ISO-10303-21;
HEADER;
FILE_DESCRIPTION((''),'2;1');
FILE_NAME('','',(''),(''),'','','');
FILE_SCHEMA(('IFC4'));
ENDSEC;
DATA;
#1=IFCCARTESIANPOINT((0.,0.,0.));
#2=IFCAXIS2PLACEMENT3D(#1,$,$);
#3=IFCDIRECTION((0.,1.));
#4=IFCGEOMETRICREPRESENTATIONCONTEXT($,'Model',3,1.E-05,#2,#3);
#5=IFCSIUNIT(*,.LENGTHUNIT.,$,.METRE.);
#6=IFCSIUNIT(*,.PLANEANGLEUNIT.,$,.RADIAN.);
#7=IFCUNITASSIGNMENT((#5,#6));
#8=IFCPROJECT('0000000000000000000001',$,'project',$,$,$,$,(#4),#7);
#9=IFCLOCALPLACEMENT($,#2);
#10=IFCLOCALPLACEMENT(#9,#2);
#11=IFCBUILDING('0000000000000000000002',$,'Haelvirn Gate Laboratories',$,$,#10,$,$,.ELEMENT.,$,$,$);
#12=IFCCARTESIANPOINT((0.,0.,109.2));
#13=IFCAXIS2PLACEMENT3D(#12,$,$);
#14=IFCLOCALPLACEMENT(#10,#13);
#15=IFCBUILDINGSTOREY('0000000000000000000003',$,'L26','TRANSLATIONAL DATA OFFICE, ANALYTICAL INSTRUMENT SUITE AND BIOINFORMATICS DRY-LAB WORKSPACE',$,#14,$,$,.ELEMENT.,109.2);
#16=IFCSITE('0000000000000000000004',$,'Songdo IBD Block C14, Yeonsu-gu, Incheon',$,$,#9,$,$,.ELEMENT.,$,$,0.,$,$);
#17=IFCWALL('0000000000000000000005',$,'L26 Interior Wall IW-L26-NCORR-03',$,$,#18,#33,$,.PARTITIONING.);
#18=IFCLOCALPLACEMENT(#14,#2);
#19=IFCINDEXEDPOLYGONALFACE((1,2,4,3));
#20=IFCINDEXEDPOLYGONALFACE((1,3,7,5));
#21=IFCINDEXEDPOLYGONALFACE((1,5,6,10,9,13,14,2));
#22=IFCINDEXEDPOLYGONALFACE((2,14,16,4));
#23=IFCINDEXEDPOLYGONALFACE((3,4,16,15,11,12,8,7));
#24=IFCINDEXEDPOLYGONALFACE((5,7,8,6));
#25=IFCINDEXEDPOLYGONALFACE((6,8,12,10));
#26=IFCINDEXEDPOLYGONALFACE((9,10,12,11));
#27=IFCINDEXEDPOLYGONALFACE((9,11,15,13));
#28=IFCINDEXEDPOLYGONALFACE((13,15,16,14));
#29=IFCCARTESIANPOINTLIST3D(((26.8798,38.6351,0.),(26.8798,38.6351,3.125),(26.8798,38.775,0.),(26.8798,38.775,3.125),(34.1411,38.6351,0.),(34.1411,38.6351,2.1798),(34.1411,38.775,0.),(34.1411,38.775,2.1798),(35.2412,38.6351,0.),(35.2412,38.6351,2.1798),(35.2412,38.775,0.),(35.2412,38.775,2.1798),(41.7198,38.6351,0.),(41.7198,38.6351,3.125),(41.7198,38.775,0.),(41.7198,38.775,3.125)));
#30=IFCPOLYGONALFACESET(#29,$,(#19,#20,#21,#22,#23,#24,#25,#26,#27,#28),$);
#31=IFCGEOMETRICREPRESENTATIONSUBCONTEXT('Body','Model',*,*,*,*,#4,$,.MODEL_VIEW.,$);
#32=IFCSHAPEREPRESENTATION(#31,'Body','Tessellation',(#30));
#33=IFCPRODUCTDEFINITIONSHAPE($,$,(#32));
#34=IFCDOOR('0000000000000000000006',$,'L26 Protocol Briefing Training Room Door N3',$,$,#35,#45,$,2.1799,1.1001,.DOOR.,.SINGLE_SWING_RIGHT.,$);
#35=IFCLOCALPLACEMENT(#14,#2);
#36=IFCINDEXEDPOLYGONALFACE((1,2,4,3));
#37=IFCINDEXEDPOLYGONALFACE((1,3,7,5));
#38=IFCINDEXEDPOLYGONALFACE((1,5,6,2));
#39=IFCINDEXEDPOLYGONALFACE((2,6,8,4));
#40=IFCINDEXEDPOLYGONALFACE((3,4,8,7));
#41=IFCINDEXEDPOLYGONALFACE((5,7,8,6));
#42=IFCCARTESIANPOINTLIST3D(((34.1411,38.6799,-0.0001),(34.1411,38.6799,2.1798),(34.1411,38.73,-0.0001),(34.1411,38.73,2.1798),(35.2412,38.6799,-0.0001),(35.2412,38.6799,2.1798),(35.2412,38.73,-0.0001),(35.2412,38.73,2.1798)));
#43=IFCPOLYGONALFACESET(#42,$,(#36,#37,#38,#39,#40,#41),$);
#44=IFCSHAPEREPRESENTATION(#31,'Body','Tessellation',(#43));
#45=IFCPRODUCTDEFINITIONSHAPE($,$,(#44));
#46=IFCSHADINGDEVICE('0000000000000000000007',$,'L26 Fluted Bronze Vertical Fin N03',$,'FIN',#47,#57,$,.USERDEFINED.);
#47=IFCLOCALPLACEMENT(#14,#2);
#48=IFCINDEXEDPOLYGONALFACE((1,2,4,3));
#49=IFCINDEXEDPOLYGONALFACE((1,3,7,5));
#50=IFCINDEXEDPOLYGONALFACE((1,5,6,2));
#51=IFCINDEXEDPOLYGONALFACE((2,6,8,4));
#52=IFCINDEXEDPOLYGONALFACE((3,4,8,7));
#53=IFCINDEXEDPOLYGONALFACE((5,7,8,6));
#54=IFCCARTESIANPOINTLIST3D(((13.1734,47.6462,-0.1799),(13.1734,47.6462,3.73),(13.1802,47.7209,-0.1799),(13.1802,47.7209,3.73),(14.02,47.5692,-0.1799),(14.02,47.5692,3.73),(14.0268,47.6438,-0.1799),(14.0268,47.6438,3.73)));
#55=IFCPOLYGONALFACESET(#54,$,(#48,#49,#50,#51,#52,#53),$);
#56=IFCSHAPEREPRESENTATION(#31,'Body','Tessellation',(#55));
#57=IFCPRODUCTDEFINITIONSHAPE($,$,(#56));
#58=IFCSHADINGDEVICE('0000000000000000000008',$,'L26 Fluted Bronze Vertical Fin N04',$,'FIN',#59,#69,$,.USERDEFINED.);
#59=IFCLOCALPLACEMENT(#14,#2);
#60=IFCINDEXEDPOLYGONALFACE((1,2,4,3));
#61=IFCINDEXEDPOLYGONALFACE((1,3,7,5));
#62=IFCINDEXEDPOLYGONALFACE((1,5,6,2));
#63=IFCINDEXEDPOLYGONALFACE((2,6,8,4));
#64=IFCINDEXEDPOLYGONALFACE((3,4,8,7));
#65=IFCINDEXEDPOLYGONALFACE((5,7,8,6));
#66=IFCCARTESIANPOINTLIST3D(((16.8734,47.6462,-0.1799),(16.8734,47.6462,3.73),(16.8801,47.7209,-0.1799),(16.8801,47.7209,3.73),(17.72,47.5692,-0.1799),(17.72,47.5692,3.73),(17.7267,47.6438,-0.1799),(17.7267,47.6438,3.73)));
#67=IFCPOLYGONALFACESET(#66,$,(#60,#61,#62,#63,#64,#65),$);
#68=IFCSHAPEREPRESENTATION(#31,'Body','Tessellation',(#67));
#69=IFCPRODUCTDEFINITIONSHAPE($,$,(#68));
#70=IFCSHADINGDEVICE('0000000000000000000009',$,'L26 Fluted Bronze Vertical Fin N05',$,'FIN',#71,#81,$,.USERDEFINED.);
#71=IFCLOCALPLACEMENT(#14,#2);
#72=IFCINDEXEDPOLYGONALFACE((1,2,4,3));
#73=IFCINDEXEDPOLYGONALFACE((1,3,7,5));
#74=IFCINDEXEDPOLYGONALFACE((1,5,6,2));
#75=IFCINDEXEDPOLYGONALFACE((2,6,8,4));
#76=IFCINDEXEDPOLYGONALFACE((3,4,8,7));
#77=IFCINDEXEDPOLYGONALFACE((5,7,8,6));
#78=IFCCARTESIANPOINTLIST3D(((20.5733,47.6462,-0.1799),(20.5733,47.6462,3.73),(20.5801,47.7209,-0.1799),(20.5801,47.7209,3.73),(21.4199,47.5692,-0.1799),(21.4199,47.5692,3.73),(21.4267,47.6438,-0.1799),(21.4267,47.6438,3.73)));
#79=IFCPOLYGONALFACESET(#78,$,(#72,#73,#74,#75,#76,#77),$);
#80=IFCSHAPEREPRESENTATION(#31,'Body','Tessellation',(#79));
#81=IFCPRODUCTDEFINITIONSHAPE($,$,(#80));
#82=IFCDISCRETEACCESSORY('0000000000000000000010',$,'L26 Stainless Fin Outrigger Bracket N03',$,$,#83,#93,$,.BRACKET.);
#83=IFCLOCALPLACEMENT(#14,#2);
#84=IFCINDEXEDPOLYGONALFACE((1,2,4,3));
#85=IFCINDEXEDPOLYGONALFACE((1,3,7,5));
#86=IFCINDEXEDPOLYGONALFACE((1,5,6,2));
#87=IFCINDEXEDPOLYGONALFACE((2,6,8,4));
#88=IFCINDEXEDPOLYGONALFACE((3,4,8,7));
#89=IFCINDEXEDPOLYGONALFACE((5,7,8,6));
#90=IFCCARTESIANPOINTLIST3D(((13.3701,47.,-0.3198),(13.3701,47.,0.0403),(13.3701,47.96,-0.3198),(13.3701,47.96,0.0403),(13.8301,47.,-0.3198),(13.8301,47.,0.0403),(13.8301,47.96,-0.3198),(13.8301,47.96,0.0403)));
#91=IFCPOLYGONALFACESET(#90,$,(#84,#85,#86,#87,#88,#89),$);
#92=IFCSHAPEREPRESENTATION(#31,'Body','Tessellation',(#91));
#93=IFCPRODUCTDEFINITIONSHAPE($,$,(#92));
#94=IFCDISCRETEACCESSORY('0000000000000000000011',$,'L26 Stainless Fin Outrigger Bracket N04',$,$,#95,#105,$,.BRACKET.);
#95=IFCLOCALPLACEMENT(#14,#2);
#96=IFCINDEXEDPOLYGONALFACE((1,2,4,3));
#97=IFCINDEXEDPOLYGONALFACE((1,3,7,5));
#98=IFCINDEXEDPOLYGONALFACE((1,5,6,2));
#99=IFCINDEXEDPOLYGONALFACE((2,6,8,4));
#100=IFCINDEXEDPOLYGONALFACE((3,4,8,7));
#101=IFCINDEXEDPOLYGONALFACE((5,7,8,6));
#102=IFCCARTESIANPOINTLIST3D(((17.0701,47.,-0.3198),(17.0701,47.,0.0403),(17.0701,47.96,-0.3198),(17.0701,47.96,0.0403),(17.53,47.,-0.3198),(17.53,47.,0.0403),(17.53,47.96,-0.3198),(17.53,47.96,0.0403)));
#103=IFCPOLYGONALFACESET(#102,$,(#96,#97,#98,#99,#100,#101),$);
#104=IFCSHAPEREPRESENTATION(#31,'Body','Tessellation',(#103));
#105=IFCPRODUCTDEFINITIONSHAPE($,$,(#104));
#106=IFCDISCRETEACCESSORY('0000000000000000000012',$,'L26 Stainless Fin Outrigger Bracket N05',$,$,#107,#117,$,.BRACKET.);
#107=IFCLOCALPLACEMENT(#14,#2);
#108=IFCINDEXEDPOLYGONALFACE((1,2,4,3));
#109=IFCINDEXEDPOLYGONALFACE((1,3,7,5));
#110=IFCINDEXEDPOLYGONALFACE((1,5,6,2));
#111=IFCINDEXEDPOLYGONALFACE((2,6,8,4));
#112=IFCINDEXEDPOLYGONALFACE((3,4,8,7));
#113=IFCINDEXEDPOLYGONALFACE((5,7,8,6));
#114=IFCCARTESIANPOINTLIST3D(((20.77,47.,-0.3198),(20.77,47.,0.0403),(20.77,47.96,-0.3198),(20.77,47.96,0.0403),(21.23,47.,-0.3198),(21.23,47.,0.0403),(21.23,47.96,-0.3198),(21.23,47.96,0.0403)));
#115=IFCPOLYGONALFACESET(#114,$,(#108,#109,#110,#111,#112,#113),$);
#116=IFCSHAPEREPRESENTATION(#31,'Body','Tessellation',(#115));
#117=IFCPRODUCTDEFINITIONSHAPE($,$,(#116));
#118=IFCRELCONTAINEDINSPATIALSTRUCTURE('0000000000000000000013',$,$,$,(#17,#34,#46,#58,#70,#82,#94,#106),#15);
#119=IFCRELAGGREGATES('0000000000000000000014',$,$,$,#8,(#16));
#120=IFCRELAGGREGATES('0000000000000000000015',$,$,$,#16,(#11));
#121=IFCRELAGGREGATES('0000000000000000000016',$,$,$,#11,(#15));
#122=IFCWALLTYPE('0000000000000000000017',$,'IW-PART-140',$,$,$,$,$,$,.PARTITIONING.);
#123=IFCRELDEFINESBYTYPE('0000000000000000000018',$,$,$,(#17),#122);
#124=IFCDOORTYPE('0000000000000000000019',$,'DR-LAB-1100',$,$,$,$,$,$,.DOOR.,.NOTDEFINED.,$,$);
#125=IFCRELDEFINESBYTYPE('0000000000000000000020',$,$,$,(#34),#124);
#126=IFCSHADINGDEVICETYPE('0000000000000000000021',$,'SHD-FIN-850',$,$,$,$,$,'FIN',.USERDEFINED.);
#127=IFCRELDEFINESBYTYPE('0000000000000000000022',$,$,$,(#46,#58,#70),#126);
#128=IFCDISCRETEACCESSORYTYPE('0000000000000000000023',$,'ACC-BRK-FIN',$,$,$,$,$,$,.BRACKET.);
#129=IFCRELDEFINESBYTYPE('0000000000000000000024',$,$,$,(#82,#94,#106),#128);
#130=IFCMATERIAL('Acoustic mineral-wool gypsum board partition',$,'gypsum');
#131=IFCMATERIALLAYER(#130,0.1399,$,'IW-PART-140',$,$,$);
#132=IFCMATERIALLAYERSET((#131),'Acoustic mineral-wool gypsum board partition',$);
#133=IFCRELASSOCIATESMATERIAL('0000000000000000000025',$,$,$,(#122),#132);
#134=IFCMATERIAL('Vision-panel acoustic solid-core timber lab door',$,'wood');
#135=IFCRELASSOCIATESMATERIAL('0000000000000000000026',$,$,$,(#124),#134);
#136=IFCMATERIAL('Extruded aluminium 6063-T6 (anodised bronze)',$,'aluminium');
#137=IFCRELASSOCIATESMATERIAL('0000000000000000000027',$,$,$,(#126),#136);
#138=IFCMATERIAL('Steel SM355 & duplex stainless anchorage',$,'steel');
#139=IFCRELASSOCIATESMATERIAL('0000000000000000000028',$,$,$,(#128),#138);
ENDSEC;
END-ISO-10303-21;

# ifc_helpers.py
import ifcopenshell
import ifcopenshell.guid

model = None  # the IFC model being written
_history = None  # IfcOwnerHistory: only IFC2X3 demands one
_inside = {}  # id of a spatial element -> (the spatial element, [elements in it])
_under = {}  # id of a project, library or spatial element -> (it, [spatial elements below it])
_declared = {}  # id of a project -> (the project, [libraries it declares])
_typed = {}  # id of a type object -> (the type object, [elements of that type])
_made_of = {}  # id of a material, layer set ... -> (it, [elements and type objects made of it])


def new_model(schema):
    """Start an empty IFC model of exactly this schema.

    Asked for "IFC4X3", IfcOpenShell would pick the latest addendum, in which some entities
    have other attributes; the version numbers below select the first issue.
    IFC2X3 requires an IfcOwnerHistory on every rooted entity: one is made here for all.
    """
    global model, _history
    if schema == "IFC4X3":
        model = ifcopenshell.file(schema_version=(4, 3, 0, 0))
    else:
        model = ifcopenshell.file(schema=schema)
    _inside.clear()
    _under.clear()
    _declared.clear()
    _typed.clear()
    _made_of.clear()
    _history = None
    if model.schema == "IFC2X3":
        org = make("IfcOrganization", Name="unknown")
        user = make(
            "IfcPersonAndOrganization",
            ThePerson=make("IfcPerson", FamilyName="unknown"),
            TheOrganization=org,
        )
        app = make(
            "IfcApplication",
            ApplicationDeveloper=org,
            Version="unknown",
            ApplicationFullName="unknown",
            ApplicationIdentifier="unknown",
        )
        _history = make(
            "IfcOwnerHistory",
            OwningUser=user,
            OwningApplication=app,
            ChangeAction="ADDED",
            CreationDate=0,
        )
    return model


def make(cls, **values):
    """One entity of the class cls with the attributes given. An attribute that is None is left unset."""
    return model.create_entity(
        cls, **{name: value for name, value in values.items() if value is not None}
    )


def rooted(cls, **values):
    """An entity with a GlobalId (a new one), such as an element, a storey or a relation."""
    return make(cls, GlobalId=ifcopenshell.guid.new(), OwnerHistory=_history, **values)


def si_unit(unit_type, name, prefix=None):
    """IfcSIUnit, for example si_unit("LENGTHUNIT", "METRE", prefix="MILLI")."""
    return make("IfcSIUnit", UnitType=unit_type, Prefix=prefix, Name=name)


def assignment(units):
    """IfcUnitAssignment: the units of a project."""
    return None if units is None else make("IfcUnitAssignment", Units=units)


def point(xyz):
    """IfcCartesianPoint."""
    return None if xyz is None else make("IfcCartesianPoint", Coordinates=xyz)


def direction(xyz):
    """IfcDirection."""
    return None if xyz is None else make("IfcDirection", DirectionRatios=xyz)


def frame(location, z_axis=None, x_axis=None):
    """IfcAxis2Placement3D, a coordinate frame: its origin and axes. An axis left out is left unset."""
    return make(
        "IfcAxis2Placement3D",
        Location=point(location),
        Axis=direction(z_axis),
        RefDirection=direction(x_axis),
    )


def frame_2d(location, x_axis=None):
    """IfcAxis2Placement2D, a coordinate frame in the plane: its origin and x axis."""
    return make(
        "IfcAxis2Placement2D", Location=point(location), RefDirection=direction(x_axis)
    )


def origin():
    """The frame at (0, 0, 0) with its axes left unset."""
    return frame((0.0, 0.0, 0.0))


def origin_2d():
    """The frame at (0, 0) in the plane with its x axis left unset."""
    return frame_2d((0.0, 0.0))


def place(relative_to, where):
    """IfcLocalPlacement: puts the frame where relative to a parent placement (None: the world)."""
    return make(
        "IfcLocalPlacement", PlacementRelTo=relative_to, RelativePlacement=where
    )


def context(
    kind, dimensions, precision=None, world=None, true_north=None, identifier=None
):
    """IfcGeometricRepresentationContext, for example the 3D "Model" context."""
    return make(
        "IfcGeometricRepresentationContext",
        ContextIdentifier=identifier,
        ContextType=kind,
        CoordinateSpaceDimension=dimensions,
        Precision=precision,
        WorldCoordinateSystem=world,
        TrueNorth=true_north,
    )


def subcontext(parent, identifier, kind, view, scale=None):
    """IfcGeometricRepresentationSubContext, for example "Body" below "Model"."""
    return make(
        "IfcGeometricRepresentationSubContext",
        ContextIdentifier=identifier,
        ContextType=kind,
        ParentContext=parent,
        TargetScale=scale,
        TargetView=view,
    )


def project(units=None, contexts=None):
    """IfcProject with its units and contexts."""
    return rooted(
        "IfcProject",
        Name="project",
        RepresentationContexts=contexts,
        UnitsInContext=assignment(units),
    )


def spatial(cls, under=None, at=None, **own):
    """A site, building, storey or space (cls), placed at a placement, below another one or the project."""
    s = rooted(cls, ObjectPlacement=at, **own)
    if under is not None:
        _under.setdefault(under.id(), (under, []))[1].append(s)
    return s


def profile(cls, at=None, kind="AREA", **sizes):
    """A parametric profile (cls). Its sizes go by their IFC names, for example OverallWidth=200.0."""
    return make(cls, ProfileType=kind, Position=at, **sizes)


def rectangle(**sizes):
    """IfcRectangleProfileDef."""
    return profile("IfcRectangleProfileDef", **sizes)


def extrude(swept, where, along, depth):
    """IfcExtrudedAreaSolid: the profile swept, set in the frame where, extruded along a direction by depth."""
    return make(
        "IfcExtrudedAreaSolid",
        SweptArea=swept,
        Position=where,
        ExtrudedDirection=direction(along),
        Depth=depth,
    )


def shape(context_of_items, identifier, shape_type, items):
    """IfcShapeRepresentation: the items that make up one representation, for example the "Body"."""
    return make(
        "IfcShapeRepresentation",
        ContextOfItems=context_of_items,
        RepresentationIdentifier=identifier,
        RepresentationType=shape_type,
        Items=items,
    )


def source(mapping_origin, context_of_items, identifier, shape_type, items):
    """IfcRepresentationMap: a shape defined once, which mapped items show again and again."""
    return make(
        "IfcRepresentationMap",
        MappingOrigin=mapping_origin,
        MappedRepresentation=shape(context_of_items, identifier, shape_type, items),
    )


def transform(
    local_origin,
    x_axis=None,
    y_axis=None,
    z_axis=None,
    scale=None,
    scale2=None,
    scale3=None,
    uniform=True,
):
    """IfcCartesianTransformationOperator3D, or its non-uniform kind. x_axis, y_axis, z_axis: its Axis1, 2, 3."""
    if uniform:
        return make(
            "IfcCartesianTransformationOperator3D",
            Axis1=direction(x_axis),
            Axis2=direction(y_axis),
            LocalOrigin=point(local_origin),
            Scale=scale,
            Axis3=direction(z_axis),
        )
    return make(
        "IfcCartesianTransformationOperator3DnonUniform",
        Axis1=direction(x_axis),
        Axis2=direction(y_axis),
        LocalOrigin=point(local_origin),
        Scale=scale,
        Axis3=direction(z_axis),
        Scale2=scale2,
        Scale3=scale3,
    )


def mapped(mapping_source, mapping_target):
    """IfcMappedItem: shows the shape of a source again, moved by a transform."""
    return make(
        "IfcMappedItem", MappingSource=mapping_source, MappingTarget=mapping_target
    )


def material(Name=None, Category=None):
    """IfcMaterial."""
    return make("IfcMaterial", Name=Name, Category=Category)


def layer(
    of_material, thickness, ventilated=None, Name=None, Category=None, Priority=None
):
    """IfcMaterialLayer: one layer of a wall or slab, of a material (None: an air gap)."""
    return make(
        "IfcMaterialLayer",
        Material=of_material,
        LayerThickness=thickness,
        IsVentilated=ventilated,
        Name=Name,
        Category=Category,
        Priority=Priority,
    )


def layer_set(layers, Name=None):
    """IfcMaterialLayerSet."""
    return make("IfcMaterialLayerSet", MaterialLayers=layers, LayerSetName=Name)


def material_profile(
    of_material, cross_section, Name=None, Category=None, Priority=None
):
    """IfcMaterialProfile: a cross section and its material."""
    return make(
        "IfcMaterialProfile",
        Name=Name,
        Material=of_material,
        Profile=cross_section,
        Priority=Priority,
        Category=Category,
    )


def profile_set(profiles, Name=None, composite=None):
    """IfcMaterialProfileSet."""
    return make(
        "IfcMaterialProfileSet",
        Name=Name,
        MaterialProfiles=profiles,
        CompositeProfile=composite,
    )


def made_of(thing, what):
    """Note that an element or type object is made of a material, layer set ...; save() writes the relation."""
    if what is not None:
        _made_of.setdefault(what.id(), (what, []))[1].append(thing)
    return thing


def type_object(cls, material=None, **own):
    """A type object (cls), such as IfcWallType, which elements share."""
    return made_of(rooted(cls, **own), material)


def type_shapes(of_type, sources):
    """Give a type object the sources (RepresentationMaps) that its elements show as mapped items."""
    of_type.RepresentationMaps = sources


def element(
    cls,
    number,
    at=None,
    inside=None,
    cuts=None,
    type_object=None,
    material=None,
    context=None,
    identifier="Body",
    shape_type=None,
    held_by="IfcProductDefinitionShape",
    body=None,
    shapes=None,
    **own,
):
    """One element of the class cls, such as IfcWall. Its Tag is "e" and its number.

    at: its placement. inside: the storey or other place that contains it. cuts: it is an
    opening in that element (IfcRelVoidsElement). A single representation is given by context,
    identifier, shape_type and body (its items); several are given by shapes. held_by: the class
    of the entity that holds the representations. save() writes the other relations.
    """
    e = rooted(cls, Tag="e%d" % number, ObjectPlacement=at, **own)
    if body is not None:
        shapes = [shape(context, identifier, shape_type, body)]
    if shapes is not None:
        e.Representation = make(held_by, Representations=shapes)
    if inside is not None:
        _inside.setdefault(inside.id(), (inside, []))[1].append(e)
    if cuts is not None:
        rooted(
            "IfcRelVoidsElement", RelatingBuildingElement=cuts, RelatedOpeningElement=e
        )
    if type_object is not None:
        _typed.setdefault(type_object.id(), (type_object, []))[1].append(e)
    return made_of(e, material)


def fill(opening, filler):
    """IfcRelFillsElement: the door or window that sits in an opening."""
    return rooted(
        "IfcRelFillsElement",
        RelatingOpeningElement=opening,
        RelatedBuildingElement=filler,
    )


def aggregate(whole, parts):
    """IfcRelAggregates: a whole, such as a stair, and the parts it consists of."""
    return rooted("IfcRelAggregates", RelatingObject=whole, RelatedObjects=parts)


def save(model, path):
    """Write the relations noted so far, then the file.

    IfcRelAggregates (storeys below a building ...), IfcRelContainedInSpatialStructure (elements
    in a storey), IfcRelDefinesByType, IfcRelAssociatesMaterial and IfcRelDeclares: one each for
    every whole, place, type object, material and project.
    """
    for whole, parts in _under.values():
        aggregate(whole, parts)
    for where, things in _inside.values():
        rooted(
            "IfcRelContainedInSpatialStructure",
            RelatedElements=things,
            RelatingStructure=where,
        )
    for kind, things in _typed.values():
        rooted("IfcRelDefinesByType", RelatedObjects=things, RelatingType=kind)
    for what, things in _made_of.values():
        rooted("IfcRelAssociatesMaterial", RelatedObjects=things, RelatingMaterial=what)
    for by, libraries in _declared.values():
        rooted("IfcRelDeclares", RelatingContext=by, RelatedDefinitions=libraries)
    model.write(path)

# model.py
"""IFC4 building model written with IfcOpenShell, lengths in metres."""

from ifc_helpers import new_model, si_unit, direction, frame, frame_2d, origin, origin_2d, place, context, subcontext, project, spatial, rectangle, extrude, source, transform, mapped, material, layer, layer_set, material_profile, profile_set, type_object, type_shapes, element, fill, save


model = new_model("IFC4")

# Units and contexts
model_context = context("Model", 3, precision=1e-05, world=origin(), true_north=direction((0.0, 1.0)))
body_context = subcontext(model_context, "Body", "Model", "MODEL_VIEW")
ifc_project = project(units=[si_unit("LENGTHUNIT", "METRE"), si_unit("PLANEANGLEUNIT", "RADIAN")], contexts=[model_context])

# Site, building, storey
site_placement = place(None, origin())
site = spatial("IfcSite", under=ifc_project, at=site_placement, Name="Songdo IBD Block C14, Yeonsu-gu, Incheon", CompositionType="ELEMENT", RefElevation=0.0)
building_placement = place(site_placement, origin())
building = spatial("IfcBuilding", under=site, at=building_placement, Name="Haelvirn Gate Laboratories", CompositionType="ELEMENT")
storey_placement = place(building_placement, frame((0.0, 0.0, 109.2)))
storey = spatial("IfcBuildingStorey", under=building, at=storey_placement, Name="L26", Description="TRANSLATIONAL DATA OFFICE, ANALYTICAL INSTRUMENT SUITE AND BIOINFORMATICS DRY-LAB WORKSPACE", CompositionType="ELEMENT", Elevation=109.2)

# Shared definitions
ifc_material_1 = material(Name="Extruded aluminium 6063-T6 (anodised bronze)", Category="aluminium")

# Wall, opening, door
ifc_material_2 = material(Name="Acoustic mineral-wool gypsum board partition", Category="gypsum")
ifc_layer_1 = layer(ifc_material_2, 0.1399, Name="IW-PART-140")
ifc_layer_set_1 = layer_set([ifc_layer_1], Name="Acoustic mineral-wool gypsum board partition")
wall_type_1 = type_object("IfcWallType", Name="IW-PART-140", PredefinedType="PARTITIONING", material=ifc_layer_set_1)
ifc_material_3 = material(Name="Vision-panel acoustic solid-core timber lab door", Category="wood")
door_type = type_object("IfcDoorType", Name="DR-LAB-1100", OperationType="NOTDEFINED", PredefinedType="DOOR", material=ifc_material_3)
shared_shape_1 = source(origin(), body_context, "Body", "SweptSolid", [
    extrude(rectangle(XDim=1.1001, YDim=2.1799, at=frame_2d((0.55, 1.0898))), frame((0.0, 0.0249, 0.0), z_axis=(0.0, -1.0, 0.0), x_axis=(1.0, 0.0, 0.0)), (0.0, 0.0, 1.0), 0.05),
])
type_shapes(door_type, [shared_shape_1])
wall_1_placement = place(storey_placement, frame((26.8799, 38.7051, 0.0), z_axis=(0.0, 0.0, 1.0), x_axis=(1.0, 0.0, 0.0)))
wall_1 = element("IfcWall", 1, at=wall_1_placement, inside=storey, type_object=wall_type_1, Name="L26 Interior Wall IW-L26-NCORR-03", PredefinedType="PARTITIONING", context=body_context, shape_type="SweptSolid", body=[
    extrude(rectangle(XDim=14.8401, YDim=0.1399, at=frame_2d((7.4199, 0.0))), origin(), (0.0, 0.0, 1.0), 3.125),
])
opening_1_placement = place(wall_1_placement, frame((7.2612, 0.0, 0.0)))
opening_1 = element("IfcOpeningElement", 2, at=opening_1_placement, cuts=wall_1, PredefinedType="OPENING", context=body_context, shape_type="SweptSolid", body=[
    extrude(rectangle(XDim=1.1001, YDim=2.1799, at=frame_2d((0.55, 1.0898))), frame((0.0, 0.0801, 0.0), z_axis=(0.0, -1.0, 0.0), x_axis=(1.0, 0.0, 0.0)), (0.0, 0.0, 1.0), 0.1599),
])
door_1_placement = place(opening_1_placement, origin())
door_1 = element("IfcDoor", 3, at=door_1_placement, inside=storey, type_object=door_type, Name="L26 Protocol Briefing Training Room Door N3", OperationType="SINGLE_SWING_RIGHT", OverallHeight=2.1799, OverallWidth=1.1001, PredefinedType="DOOR", context=body_context, shape_type="MappedRepresentation", body=[
    mapped(shared_shape_1, transform((0.0, 0.0, 0.0), scale=1.0)),
])
fill(opening_1, door_1)

# Shading devices
ifc_material_profile_1 = material_profile(ifc_material_1, rectangle(XDim=0.075, YDim=0.8501, at=origin_2d()), Name="FIN-850x75")
ifc_profile_set_1 = profile_set([ifc_material_profile_1], Name="Extruded aluminium 6063-T6 (anodised bronze)")
shading_device_type = type_object("IfcShadingDeviceType", Name="SHD-FIN-850", ElementType="FIN", PredefinedType="USERDEFINED", material=ifc_profile_set_1)
shared_shape_2 = source(origin(), body_context, "Body", "SweptSolid", [
    extrude(rectangle(XDim=0.075, YDim=0.8501, at=origin_2d()), origin(), (0.0, 0.0, 1.0), 3.9099),
])
type_shapes(shading_device_type, [shared_shape_2])
for number, where, z_axis, x_axis, name in (
    (4, (13.6001, 47.645, -0.1799), (0.0, 0.0, 1.0), (0.090633, 0.995884, 0.0), "L26 Fluted Bronze Vertical Fin N03"),
    (5, (17.3, 47.645, -0.1799), (0.0, 0.0, 1.0), (0.090633, 0.995884, 0.0), "L26 Fluted Bronze Vertical Fin N04"),
    (6, (21.0, 47.645, -0.1799), (0.0, 0.0, 1.0), (0.090633, 0.995884, 0.0), "L26 Fluted Bronze Vertical Fin N05"),
):
    element("IfcShadingDevice", number, at=place(storey_placement, frame(where, z_axis=z_axis, x_axis=x_axis)), inside=storey, type_object=shading_device_type, Name=name, ObjectType="FIN", PredefinedType="USERDEFINED", context=body_context, shape_type="MappedRepresentation", body=[
        mapped(shared_shape_2, transform((0.0, 0.0, 0.0), scale=1.0)),
    ])

# Discrete accessories
ifc_material_4 = material(Name="Steel SM355 & duplex stainless anchorage", Category="steel")
discrete_accessory_type = type_object("IfcDiscreteAccessoryType", Name="ACC-BRK-FIN", PredefinedType="BRACKET", material=ifc_material_4)
shared_shape_3 = source(origin(), body_context, "Body", "SweptSolid", [
    extrude(rectangle(XDim=0.46, YDim=0.96, at=origin_2d()), origin(), (0.0, 0.0, 1.0), 0.3601),
])
type_shapes(discrete_accessory_type, [shared_shape_3])
for number, where, z_axis, x_axis, name in (
    (7, (13.6001, 47.48, -0.3198), (0.0, 0.0, 1.0), (1.0, 0.0, 0.0), "L26 Stainless Fin Outrigger Bracket N03"),
    (8, (17.3, 47.48, -0.3198), (0.0, 0.0, 1.0), (1.0, 0.0, 0.0), "L26 Stainless Fin Outrigger Bracket N04"),
    (9, (21.0, 47.48, -0.3198), (0.0, 0.0, 1.0), (1.0, 0.0, 0.0), "L26 Stainless Fin Outrigger Bracket N05"),
):
    element("IfcDiscreteAccessory", number, at=place(storey_placement, frame(where, z_axis=z_axis, x_axis=x_axis)), inside=storey, type_object=discrete_accessory_type, Name=name, PredefinedType="BRACKET", context=body_context, shape_type="MappedRepresentation", body=[
        mapped(shared_shape_3, transform((0.0, 0.0, 0.0), scale=1.0)),
    ])

save(model, "model.ifc")
